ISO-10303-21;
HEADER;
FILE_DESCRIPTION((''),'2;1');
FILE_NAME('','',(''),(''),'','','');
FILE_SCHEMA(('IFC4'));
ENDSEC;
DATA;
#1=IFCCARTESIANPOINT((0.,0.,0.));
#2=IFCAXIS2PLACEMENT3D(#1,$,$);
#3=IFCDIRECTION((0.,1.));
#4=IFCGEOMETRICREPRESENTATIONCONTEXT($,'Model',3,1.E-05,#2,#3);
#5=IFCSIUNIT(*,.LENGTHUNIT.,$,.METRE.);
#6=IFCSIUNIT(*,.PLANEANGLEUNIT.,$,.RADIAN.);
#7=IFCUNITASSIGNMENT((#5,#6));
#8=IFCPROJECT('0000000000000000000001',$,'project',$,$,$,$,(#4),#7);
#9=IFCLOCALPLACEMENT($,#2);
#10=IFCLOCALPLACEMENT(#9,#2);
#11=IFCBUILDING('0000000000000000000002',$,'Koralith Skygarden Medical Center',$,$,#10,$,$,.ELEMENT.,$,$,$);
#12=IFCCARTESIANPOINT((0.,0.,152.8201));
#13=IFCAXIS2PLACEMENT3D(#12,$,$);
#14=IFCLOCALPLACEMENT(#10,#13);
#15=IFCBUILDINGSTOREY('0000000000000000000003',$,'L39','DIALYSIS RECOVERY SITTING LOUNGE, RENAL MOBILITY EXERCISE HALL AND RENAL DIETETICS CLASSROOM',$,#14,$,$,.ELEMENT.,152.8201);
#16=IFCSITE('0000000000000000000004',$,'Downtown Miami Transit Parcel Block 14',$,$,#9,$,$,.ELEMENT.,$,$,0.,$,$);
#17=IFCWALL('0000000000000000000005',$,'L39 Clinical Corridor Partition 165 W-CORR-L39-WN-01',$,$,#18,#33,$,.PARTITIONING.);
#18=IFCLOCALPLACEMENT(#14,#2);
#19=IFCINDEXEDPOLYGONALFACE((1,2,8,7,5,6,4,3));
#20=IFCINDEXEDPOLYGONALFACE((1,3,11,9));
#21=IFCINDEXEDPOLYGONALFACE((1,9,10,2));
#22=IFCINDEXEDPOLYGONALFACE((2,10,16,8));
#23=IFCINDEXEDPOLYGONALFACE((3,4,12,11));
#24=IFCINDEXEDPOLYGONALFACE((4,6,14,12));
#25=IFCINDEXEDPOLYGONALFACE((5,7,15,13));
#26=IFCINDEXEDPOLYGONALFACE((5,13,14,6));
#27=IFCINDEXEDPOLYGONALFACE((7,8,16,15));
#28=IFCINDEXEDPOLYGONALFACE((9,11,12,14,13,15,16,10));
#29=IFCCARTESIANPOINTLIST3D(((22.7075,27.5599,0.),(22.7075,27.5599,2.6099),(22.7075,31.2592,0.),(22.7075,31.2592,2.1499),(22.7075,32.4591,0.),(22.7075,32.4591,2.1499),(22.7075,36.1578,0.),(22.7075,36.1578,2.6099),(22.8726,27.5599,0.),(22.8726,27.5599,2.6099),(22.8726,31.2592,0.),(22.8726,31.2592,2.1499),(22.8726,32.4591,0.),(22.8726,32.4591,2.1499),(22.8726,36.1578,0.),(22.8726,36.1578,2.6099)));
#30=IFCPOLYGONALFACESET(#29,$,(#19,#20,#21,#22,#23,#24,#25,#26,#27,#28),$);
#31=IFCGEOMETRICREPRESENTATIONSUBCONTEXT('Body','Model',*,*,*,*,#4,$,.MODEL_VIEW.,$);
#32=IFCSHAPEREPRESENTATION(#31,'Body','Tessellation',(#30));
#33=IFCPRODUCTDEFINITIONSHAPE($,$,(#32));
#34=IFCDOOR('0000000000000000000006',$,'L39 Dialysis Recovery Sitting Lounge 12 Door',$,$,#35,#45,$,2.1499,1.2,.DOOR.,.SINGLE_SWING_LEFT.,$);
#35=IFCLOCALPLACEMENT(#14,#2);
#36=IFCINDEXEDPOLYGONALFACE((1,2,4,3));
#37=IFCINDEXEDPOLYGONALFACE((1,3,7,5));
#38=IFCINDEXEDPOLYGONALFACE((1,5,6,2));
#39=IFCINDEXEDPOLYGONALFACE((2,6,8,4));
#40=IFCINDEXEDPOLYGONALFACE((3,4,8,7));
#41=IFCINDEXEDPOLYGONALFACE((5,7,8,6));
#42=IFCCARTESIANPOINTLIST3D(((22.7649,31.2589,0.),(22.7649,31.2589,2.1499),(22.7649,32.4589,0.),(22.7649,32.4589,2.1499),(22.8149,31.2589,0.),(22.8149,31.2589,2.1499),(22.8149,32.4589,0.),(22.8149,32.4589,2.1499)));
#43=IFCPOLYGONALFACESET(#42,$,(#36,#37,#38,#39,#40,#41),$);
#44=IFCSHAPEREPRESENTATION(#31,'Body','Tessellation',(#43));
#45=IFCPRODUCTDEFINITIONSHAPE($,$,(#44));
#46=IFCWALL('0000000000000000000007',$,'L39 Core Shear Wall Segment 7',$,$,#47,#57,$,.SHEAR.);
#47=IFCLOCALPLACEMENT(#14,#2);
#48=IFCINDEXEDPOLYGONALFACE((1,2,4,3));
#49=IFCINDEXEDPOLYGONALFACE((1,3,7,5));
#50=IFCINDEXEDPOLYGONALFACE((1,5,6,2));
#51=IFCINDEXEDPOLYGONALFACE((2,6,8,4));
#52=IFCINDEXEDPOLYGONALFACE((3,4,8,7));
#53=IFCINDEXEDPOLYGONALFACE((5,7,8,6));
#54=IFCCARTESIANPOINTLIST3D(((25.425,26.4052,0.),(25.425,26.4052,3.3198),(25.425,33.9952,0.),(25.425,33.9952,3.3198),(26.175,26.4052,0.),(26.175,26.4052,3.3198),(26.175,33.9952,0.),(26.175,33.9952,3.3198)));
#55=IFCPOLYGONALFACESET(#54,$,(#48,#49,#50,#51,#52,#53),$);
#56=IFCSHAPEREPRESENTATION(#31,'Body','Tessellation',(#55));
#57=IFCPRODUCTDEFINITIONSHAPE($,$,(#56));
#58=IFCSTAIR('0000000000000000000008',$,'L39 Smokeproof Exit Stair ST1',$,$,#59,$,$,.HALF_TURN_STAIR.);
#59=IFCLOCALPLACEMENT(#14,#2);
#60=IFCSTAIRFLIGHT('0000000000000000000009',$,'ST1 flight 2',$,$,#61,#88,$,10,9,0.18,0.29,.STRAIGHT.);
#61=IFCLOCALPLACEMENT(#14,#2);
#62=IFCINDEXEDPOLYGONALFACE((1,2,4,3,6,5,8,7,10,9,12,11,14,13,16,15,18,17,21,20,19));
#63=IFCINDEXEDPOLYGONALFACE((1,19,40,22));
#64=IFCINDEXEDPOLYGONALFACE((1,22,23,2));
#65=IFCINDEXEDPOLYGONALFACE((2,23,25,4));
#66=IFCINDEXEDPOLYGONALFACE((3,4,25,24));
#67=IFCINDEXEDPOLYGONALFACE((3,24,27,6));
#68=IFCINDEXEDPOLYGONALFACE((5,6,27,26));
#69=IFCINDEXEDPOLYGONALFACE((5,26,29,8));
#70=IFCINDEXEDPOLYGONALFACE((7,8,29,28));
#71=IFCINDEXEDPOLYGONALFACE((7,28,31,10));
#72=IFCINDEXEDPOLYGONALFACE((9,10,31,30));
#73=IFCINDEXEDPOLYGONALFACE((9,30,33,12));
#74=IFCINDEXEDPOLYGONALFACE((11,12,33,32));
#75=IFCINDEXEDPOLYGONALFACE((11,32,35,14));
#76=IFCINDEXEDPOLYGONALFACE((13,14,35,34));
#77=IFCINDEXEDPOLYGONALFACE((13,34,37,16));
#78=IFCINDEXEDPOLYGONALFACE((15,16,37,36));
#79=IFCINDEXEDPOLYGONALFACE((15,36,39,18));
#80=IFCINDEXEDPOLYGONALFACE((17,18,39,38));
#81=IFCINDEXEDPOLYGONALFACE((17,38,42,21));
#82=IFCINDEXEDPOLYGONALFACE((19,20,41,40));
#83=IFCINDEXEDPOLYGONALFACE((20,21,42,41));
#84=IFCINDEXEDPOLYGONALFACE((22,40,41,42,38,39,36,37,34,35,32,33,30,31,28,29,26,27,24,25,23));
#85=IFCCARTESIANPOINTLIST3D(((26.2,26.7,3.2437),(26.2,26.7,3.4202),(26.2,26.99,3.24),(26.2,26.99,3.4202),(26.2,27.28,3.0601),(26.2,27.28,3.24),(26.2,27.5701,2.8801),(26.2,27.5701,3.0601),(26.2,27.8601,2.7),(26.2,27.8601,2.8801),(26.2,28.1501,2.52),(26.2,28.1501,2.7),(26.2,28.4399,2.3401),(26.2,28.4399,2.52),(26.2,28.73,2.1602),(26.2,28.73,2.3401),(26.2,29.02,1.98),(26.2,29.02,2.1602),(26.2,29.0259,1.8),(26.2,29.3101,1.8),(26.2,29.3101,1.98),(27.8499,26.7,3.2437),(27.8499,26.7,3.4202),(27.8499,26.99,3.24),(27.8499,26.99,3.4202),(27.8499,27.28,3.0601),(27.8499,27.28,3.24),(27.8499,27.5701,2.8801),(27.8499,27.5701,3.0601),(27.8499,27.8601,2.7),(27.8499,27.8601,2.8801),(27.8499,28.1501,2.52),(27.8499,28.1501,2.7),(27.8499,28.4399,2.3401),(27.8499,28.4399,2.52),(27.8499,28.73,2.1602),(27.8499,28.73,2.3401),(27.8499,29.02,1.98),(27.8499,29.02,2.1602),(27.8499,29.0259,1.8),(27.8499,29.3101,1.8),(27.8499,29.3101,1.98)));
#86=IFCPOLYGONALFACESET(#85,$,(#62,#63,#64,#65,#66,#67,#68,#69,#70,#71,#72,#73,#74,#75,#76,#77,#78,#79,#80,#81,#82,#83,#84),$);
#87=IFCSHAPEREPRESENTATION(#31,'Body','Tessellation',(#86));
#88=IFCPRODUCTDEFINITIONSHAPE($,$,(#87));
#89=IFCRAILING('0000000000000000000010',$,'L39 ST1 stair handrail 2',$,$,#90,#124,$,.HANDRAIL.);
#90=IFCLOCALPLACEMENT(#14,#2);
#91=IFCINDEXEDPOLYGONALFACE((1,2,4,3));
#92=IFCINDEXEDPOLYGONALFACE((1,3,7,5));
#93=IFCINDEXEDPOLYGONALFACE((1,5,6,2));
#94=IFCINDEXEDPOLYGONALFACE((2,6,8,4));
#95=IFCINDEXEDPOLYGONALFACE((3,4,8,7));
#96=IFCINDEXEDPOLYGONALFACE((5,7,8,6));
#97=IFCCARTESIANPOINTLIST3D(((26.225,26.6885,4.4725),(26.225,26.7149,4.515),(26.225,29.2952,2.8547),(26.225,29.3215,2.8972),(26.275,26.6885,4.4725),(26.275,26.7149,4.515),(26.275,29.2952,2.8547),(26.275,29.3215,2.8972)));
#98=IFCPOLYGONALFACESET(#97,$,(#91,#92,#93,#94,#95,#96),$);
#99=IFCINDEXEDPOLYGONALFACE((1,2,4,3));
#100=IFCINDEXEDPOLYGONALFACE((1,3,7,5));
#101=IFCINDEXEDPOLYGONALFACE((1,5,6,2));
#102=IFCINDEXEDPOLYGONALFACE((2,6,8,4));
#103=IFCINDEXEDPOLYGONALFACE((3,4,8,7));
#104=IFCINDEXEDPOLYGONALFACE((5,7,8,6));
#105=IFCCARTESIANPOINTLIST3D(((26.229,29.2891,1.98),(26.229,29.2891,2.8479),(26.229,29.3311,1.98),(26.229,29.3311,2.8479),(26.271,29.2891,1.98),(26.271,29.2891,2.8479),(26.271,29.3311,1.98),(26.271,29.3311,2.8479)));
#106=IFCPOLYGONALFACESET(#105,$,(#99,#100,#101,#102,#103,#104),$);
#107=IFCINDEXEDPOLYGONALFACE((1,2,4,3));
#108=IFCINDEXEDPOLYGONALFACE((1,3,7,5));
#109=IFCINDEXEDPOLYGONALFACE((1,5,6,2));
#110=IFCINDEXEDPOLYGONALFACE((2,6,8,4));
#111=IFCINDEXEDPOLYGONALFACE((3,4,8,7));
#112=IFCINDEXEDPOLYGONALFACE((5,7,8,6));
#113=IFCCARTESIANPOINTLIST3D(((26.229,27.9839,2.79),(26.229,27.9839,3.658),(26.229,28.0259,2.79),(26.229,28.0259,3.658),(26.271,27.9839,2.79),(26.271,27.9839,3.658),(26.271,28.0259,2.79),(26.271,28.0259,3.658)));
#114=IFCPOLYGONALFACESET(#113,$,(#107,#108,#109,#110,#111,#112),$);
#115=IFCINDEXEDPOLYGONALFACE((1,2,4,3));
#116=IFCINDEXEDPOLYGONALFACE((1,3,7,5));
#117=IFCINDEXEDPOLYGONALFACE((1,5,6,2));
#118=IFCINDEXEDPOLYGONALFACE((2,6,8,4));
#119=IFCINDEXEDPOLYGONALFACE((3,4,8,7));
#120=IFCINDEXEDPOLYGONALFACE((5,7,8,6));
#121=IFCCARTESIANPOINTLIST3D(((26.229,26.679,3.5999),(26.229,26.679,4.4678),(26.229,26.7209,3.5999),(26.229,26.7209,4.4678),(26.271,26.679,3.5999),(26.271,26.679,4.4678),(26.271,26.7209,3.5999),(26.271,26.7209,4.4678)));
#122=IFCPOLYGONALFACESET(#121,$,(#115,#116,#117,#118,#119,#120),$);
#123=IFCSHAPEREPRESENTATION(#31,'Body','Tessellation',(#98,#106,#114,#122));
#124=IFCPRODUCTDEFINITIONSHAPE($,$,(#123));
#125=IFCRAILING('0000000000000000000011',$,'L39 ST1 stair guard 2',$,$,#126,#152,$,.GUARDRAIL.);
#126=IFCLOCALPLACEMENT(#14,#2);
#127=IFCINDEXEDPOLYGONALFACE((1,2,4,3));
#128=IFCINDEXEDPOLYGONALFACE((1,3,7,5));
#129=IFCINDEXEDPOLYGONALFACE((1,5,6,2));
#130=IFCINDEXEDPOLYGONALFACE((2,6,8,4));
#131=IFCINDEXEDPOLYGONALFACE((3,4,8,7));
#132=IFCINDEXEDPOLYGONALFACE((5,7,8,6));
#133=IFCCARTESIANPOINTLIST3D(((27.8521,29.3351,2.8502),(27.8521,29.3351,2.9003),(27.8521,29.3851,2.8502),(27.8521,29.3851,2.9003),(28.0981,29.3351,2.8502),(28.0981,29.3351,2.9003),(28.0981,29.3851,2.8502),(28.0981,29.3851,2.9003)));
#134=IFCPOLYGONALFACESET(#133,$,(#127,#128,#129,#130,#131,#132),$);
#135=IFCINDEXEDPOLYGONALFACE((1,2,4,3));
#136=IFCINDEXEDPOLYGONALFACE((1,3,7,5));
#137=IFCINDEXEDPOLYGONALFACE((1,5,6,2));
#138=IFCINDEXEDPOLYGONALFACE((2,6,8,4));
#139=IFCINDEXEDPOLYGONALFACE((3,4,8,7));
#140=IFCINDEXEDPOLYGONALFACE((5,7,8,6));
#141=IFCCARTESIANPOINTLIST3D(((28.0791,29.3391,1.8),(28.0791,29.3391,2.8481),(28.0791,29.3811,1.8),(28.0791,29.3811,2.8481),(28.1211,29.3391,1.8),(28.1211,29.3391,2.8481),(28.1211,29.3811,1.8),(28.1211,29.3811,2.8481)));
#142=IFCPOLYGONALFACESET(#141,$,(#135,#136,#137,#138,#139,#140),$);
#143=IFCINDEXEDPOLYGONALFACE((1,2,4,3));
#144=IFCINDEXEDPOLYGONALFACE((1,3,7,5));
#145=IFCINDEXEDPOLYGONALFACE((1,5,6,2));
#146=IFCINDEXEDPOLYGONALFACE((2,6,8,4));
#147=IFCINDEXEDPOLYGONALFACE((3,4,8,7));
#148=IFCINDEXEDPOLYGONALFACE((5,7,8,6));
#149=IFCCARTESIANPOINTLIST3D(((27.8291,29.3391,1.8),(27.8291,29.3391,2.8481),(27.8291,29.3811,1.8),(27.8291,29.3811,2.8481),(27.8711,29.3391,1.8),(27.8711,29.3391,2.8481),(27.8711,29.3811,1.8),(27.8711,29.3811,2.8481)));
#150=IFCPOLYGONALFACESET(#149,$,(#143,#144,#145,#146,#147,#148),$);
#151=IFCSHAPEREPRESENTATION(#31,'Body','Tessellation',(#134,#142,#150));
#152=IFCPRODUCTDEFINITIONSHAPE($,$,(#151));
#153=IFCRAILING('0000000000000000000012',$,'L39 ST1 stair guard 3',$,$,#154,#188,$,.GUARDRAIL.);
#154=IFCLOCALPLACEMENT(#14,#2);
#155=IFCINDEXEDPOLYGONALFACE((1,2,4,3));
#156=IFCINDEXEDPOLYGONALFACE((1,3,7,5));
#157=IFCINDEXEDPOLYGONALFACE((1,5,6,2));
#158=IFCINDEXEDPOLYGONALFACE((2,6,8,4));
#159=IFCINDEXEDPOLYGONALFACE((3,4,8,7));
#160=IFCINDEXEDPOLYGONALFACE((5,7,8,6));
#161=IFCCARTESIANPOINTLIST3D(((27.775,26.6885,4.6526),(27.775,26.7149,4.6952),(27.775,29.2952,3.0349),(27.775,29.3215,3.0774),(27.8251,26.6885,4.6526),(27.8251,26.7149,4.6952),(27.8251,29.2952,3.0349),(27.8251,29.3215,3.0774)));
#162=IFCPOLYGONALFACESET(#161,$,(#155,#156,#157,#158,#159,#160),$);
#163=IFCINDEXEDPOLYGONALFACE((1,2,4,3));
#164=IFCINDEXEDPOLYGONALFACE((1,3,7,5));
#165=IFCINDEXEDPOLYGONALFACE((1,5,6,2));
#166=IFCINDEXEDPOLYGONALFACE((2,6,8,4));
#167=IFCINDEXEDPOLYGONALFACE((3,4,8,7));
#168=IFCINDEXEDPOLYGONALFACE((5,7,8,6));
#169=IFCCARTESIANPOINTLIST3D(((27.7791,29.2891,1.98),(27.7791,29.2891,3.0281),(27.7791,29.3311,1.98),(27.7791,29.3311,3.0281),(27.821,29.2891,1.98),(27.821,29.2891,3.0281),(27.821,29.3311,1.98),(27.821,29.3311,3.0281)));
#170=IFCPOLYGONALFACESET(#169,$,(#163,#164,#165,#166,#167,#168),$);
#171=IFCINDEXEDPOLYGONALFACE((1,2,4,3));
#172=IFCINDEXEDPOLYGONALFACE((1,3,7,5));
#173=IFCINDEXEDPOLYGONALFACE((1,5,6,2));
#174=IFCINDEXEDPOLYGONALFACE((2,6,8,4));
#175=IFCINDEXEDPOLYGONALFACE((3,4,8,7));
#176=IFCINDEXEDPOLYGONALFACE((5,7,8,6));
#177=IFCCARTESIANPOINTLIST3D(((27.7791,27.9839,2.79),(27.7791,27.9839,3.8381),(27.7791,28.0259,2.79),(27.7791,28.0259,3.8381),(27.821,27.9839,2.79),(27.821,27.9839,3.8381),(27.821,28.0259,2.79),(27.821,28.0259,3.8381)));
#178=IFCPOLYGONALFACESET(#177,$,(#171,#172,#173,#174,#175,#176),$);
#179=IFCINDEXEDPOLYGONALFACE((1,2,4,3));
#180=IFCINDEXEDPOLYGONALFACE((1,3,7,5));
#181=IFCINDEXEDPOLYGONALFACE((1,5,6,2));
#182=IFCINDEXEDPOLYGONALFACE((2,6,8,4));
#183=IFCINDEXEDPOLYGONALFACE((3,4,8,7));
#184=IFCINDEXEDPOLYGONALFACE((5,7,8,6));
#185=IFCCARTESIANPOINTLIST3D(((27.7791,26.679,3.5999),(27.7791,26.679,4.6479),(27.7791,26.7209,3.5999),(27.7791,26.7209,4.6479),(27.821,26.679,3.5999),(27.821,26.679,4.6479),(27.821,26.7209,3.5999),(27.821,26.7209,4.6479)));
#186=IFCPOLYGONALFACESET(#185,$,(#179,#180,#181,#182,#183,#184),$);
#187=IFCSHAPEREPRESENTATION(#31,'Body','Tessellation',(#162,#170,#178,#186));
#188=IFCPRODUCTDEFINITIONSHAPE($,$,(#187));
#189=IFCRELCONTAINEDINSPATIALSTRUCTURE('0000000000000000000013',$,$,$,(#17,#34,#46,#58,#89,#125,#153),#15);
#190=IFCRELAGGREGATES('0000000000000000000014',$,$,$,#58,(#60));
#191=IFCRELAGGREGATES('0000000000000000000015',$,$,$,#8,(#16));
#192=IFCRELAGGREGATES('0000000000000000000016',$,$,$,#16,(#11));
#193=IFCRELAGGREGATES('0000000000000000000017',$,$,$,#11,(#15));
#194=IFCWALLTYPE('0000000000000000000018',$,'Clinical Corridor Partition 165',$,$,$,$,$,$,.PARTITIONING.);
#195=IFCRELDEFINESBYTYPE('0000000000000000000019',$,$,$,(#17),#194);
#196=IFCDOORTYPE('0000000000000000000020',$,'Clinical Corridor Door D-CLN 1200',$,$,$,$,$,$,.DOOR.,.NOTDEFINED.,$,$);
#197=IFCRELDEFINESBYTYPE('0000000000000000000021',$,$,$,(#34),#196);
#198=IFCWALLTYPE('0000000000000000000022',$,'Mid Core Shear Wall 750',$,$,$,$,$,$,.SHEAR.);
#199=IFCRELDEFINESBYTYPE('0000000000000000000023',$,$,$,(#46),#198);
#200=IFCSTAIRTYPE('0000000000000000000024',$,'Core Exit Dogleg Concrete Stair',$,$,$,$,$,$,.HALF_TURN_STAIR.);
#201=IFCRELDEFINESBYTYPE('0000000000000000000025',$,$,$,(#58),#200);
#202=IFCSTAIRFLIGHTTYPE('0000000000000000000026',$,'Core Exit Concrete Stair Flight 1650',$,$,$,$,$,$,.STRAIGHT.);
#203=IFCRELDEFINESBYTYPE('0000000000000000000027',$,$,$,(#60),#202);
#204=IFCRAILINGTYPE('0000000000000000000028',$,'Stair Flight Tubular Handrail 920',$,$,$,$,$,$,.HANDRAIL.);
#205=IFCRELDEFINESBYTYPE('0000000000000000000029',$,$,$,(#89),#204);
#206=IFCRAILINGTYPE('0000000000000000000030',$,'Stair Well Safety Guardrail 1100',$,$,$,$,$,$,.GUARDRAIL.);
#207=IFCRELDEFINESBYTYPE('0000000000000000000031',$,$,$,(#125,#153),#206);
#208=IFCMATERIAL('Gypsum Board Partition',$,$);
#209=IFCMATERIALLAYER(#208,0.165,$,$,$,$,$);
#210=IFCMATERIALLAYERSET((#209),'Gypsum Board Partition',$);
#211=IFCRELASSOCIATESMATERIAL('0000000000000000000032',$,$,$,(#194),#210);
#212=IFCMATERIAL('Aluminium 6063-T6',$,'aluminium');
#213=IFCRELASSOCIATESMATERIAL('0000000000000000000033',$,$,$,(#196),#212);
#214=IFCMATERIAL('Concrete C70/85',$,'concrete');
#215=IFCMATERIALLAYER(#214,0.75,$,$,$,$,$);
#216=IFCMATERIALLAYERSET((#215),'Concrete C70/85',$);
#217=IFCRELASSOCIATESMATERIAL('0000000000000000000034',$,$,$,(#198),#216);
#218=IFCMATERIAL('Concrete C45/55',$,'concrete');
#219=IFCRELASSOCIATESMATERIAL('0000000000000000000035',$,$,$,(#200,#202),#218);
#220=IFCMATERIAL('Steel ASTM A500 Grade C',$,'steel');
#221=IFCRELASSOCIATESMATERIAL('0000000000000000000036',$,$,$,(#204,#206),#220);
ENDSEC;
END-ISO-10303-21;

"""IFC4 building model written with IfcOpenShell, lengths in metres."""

from ifc_helpers import new_model, si_unit, direction, frame, frame_2d, origin, origin_2d, place, context, subcontext, project, spatial, polyline, rectangle, outline, extrude, material, layer, layer_set, type_object, element, fill, aggregate, save


model = new_model("IFC4")

# Units and contexts
model_context = context("Model", 3, precision=1e-05, world=origin(), true_north=direction((0.0, 1.0)))
body_context = subcontext(model_context, "Body", "Model", "MODEL_VIEW")
ifc_project = project(units=[si_unit("LENGTHUNIT", "METRE"), si_unit("PLANEANGLEUNIT", "RADIAN")], contexts=[model_context])

# Site, building, storey
site_placement = place(None, origin())
site = spatial("IfcSite", under=ifc_project, at=site_placement, Name="Downtown Miami Transit Parcel Block 14", CompositionType="ELEMENT", RefElevation=0.0)
building_placement = place(site_placement, origin())
building = spatial("IfcBuilding", under=site, at=building_placement, Name="Koralith Skygarden Medical Center", CompositionType="ELEMENT")
storey_placement = place(building_placement, frame((0.0, 0.0, 152.8201)))
storey = spatial("IfcBuildingStorey", under=building, at=storey_placement, Name="L39", Description="DIALYSIS RECOVERY SITTING LOUNGE, RENAL MOBILITY EXERCISE HALL AND RENAL DIETETICS CLASSROOM", CompositionType="ELEMENT", Elevation=152.8201)

# Shared definitions
ifc_material_1 = material(Name="Concrete C70/85", Category="concrete")

# Shared definitions
ifc_material_2 = material(Name="Aluminium 6063-T6", Category="aluminium")

# Shared definitions
ifc_material_3 = material(Name="Concrete C45/55", Category="concrete")

# Shared definitions
ifc_material_4 = material(Name="Gypsum Board Partition")
ifc_layer_1 = layer(ifc_material_4, 0.165)
ifc_layer_set_1 = layer_set([ifc_layer_1], Name="Gypsum Board Partition")
wall_type_1 = type_object("IfcWallType", Name="Clinical Corridor Partition 165", PredefinedType="PARTITIONING", material=ifc_layer_set_1)

# Wall, opening, door
wall_1_placement = place(storey_placement, frame((22.79, 27.5601, 0.0), z_axis=(0.0, 0.0, 1.0), x_axis=(0.0, 1.0, 0.0)))
wall_1 = element("IfcWall", 1, at=wall_1_placement, inside=storey, type_object=wall_type_1, Name="L39 Clinical Corridor Partition 165 W-CORR-L39-WN-01", PredefinedType="PARTITIONING", context=body_context, shape_type="SweptSolid", body=[
    extrude(rectangle(XDim=8.5979, YDim=0.165, at=frame_2d((4.2988, 0.0))), origin(), (0.0, 0.0, 1.0), 2.6099),
])
opening_placement = place(wall_1_placement, frame((3.699, 0.0, 0.0)))
opening = element("IfcOpeningElement", 2, at=opening_placement, cuts=wall_1, PredefinedType="OPENING", context=body_context, shape_type="SweptSolid", body=[
    extrude(rectangle(XDim=1.2, YDim=2.1499, at=frame_2d((0.6001, 1.075))), frame((0.0, 0.0925, 0.0), z_axis=(0.0, -1.0, 0.0), x_axis=(1.0, 0.0, 0.0)), (0.0, 0.0, 1.0), 0.1851),
])
door_type = type_object("IfcDoorType", Name="Clinical Corridor Door D-CLN 1200", OperationType="NOTDEFINED", PredefinedType="DOOR", material=ifc_material_2)
door_placement = place(opening_placement, frame((1.2, 0.0, 0.0), z_axis=(0.0, 0.0, 1.0), x_axis=(-1.0, 0.0, 0.0)))
door = element("IfcDoor", 3, at=door_placement, inside=storey, type_object=door_type, Name="L39 Dialysis Recovery Sitting Lounge 12 Door", OperationType="SINGLE_SWING_LEFT", OverallHeight=2.1499, OverallWidth=1.2, PredefinedType="DOOR", context=body_context, shape_type="SweptSolid", body=[
    extrude(rectangle(XDim=1.2, YDim=2.1499, at=frame_2d((0.6001, 1.075))), frame((0.0, 0.0249, 0.0), z_axis=(0.0, -1.0, 0.0), x_axis=(1.0, 0.0, 0.0)), (0.0, 0.0, 1.0), 0.05),
])
fill(opening, door)

# Wall
ifc_layer_2 = layer(ifc_material_1, 0.75)
ifc_layer_set_2 = layer_set([ifc_layer_2], Name="Concrete C70/85")
wall_type_2 = type_object("IfcWallType", Name="Mid Core Shear Wall 750", PredefinedType="SHEAR", material=ifc_layer_set_2)
wall_2_placement = place(storey_placement, frame((25.8, 33.9951, 0.0), z_axis=(0.0, 0.0, 1.0), x_axis=(0.0, -1.0, 0.0)))
element("IfcWall", 4, at=wall_2_placement, inside=storey, type_object=wall_type_2, Name="L39 Core Shear Wall Segment 7", PredefinedType="SHEAR", context=body_context, shape_type="SweptSolid", body=[
    extrude(rectangle(XDim=7.5901, YDim=0.75, at=frame_2d((3.7949, 0.0))), origin(), (0.0, 0.0, 1.0), 3.3198),
])

# Stair, stair flight
stair_type = type_object("IfcStairType", Name="Core Exit Dogleg Concrete Stair", PredefinedType="HALF_TURN_STAIR", material=ifc_material_3)
stair_placement = place(storey_placement, origin())
stair = element("IfcStair", 5, at=stair_placement, inside=storey, type_object=stair_type, Name="L39 Smokeproof Exit Stair ST1", PredefinedType="HALF_TURN_STAIR")
stair_flight_type = type_object("IfcStairFlightType", Name="Core Exit Concrete Stair Flight 1650", PredefinedType="STRAIGHT", material=ifc_material_3)
stair_flight_placement = place(storey_placement, frame((27.0249, 29.3101, 1.8), z_axis=(0.0, 0.0, 1.0), x_axis=(0.0, -1.0, 0.0)))
stair_flight = element("IfcStairFlight", 6, at=stair_flight_placement, type_object=stair_flight_type, Name="ST1 flight 2", NumberOfRisers=10, NumberOfTreads=9, PredefinedType="STRAIGHT", RiserHeight=0.18, TreadLength=0.29, context=body_context, shape_type="SweptSolid", body=[
    extrude(outline(polyline([(0.0, 0.0), (0.0, 0.1799), (0.29, 0.1799), (0.29, 0.3601), (0.5801, 0.3601), (0.5801, 0.54), (0.8701, 0.54), (0.8701, 0.72), (1.1599, 0.72), (1.1599, 0.8999), (1.45, 0.8999), (1.45, 1.0801), (1.74, 1.0801), (1.74, 1.26), (2.03, 1.26), (2.03, 1.4399), (2.3201, 1.4399), (2.3201, 1.6201), (2.6101, 1.6201), (2.6101, 1.8), (2.6101, 1.4436), (0.2842, 0.0), (0.0, 0.0)])), frame((0.0, 0.825, 0.0), z_axis=(0.0, -1.0, 0.0), x_axis=(1.0, 0.0, 0.0)), (0.0, 0.0, 1.0), 1.6499),
])
aggregate(stair, [stair_flight])

# Railings
ifc_material_5 = material(Name="Steel ASTM A500 Grade C", Category="steel")
railing_type_1 = type_object("IfcRailingType", Name="Stair Flight Tubular Handrail 920", PredefinedType="HANDRAIL", material=ifc_material_5)
railing_1_placement = place(storey_placement, frame((26.25, 29.3101, 1.98)))
element("IfcRailing", 7, at=railing_1_placement, inside=storey, type_object=railing_type_1, Name="L39 ST1 stair handrail 2", PredefinedType="HANDRAIL", context=body_context, shape_type="SweptSolid", body=[
    extrude(rectangle(XDim=0.05, YDim=0.05, at=origin_2d()), frame((0.0, -0.0017, 0.896), z_axis=(0.0, -0.849668, 0.527317), x_axis=(1.0, 0.0, 0.0)), (0.0, 0.0, 1.0), 3.0679),
    extrude(rectangle(XDim=0.042, YDim=0.042, at=origin_2d()), origin(), (0.0, 0.0, 1.0), 0.8679),
    extrude(rectangle(XDim=0.042, YDim=0.042, at=origin_2d()), frame((0.0, -1.3052, 0.8101)), (0.0, 0.0, 1.0), 0.8679),
    extrude(rectangle(XDim=0.042, YDim=0.042, at=origin_2d()), frame((0.0, -2.6101, 1.6199)), (0.0, 0.0, 1.0), 0.8679),
])
railing_type_2 = type_object("IfcRailingType", Name="Stair Well Safety Guardrail 1100", PredefinedType="GUARDRAIL", material=ifc_material_5)
railing_2_placement = place(storey_placement, frame((28.1001, 29.3601, 1.8)))
element("IfcRailing", 8, at=railing_2_placement, inside=storey, type_object=railing_type_2, Name="L39 ST1 stair guard 2", PredefinedType="GUARDRAIL", context=body_context, shape_type="SweptSolid", body=[
    extrude(rectangle(XDim=0.05, YDim=0.05, at=origin_2d()), frame((-0.002, 0.0, 1.0752), z_axis=(-1.0, 0.0, 0.0), x_axis=(0.0, -1.0, 0.0)), (0.0, 0.0, 1.0), 0.2461),
    extrude(rectangle(XDim=0.042, YDim=0.042, at=origin_2d()), origin(), (0.0, 0.0, 1.0), 1.0481),
    extrude(rectangle(XDim=0.042, YDim=0.042, at=origin_2d()), frame((-0.25, 0.0, 0.0)), (0.0, 0.0, 1.0), 1.0481),
])
railing_3_placement = place(storey_placement, frame((27.8, 29.3101, 1.98)))
element("IfcRailing", 9, at=railing_3_placement, inside=storey, type_object=railing_type_2, Name="L39 ST1 stair guard 3", PredefinedType="GUARDRAIL", context=body_context, shape_type="SweptSolid", body=[
    extrude(rectangle(XDim=0.05, YDim=0.05, at=origin_2d()), frame((0.0, -0.0017, 1.0762), z_axis=(0.0, -0.849668, 0.527317), x_axis=(1.0, 0.0, 0.0)), (0.0, 0.0, 1.0), 3.0679),
    extrude(rectangle(XDim=0.042, YDim=0.042, at=origin_2d()), origin(), (0.0, 0.0, 1.0), 1.0481),
    extrude(rectangle(XDim=0.042, YDim=0.042, at=origin_2d()), frame((0.0, -1.3052, 0.8101)), (0.0, 0.0, 1.0), 1.0481),
    extrude(rectangle(XDim=0.042, YDim=0.042, at=origin_2d()), frame((0.0, -2.6101, 1.6199)), (0.0, 0.0, 1.0), 1.0481),
])

save(model, "model.ifc")
